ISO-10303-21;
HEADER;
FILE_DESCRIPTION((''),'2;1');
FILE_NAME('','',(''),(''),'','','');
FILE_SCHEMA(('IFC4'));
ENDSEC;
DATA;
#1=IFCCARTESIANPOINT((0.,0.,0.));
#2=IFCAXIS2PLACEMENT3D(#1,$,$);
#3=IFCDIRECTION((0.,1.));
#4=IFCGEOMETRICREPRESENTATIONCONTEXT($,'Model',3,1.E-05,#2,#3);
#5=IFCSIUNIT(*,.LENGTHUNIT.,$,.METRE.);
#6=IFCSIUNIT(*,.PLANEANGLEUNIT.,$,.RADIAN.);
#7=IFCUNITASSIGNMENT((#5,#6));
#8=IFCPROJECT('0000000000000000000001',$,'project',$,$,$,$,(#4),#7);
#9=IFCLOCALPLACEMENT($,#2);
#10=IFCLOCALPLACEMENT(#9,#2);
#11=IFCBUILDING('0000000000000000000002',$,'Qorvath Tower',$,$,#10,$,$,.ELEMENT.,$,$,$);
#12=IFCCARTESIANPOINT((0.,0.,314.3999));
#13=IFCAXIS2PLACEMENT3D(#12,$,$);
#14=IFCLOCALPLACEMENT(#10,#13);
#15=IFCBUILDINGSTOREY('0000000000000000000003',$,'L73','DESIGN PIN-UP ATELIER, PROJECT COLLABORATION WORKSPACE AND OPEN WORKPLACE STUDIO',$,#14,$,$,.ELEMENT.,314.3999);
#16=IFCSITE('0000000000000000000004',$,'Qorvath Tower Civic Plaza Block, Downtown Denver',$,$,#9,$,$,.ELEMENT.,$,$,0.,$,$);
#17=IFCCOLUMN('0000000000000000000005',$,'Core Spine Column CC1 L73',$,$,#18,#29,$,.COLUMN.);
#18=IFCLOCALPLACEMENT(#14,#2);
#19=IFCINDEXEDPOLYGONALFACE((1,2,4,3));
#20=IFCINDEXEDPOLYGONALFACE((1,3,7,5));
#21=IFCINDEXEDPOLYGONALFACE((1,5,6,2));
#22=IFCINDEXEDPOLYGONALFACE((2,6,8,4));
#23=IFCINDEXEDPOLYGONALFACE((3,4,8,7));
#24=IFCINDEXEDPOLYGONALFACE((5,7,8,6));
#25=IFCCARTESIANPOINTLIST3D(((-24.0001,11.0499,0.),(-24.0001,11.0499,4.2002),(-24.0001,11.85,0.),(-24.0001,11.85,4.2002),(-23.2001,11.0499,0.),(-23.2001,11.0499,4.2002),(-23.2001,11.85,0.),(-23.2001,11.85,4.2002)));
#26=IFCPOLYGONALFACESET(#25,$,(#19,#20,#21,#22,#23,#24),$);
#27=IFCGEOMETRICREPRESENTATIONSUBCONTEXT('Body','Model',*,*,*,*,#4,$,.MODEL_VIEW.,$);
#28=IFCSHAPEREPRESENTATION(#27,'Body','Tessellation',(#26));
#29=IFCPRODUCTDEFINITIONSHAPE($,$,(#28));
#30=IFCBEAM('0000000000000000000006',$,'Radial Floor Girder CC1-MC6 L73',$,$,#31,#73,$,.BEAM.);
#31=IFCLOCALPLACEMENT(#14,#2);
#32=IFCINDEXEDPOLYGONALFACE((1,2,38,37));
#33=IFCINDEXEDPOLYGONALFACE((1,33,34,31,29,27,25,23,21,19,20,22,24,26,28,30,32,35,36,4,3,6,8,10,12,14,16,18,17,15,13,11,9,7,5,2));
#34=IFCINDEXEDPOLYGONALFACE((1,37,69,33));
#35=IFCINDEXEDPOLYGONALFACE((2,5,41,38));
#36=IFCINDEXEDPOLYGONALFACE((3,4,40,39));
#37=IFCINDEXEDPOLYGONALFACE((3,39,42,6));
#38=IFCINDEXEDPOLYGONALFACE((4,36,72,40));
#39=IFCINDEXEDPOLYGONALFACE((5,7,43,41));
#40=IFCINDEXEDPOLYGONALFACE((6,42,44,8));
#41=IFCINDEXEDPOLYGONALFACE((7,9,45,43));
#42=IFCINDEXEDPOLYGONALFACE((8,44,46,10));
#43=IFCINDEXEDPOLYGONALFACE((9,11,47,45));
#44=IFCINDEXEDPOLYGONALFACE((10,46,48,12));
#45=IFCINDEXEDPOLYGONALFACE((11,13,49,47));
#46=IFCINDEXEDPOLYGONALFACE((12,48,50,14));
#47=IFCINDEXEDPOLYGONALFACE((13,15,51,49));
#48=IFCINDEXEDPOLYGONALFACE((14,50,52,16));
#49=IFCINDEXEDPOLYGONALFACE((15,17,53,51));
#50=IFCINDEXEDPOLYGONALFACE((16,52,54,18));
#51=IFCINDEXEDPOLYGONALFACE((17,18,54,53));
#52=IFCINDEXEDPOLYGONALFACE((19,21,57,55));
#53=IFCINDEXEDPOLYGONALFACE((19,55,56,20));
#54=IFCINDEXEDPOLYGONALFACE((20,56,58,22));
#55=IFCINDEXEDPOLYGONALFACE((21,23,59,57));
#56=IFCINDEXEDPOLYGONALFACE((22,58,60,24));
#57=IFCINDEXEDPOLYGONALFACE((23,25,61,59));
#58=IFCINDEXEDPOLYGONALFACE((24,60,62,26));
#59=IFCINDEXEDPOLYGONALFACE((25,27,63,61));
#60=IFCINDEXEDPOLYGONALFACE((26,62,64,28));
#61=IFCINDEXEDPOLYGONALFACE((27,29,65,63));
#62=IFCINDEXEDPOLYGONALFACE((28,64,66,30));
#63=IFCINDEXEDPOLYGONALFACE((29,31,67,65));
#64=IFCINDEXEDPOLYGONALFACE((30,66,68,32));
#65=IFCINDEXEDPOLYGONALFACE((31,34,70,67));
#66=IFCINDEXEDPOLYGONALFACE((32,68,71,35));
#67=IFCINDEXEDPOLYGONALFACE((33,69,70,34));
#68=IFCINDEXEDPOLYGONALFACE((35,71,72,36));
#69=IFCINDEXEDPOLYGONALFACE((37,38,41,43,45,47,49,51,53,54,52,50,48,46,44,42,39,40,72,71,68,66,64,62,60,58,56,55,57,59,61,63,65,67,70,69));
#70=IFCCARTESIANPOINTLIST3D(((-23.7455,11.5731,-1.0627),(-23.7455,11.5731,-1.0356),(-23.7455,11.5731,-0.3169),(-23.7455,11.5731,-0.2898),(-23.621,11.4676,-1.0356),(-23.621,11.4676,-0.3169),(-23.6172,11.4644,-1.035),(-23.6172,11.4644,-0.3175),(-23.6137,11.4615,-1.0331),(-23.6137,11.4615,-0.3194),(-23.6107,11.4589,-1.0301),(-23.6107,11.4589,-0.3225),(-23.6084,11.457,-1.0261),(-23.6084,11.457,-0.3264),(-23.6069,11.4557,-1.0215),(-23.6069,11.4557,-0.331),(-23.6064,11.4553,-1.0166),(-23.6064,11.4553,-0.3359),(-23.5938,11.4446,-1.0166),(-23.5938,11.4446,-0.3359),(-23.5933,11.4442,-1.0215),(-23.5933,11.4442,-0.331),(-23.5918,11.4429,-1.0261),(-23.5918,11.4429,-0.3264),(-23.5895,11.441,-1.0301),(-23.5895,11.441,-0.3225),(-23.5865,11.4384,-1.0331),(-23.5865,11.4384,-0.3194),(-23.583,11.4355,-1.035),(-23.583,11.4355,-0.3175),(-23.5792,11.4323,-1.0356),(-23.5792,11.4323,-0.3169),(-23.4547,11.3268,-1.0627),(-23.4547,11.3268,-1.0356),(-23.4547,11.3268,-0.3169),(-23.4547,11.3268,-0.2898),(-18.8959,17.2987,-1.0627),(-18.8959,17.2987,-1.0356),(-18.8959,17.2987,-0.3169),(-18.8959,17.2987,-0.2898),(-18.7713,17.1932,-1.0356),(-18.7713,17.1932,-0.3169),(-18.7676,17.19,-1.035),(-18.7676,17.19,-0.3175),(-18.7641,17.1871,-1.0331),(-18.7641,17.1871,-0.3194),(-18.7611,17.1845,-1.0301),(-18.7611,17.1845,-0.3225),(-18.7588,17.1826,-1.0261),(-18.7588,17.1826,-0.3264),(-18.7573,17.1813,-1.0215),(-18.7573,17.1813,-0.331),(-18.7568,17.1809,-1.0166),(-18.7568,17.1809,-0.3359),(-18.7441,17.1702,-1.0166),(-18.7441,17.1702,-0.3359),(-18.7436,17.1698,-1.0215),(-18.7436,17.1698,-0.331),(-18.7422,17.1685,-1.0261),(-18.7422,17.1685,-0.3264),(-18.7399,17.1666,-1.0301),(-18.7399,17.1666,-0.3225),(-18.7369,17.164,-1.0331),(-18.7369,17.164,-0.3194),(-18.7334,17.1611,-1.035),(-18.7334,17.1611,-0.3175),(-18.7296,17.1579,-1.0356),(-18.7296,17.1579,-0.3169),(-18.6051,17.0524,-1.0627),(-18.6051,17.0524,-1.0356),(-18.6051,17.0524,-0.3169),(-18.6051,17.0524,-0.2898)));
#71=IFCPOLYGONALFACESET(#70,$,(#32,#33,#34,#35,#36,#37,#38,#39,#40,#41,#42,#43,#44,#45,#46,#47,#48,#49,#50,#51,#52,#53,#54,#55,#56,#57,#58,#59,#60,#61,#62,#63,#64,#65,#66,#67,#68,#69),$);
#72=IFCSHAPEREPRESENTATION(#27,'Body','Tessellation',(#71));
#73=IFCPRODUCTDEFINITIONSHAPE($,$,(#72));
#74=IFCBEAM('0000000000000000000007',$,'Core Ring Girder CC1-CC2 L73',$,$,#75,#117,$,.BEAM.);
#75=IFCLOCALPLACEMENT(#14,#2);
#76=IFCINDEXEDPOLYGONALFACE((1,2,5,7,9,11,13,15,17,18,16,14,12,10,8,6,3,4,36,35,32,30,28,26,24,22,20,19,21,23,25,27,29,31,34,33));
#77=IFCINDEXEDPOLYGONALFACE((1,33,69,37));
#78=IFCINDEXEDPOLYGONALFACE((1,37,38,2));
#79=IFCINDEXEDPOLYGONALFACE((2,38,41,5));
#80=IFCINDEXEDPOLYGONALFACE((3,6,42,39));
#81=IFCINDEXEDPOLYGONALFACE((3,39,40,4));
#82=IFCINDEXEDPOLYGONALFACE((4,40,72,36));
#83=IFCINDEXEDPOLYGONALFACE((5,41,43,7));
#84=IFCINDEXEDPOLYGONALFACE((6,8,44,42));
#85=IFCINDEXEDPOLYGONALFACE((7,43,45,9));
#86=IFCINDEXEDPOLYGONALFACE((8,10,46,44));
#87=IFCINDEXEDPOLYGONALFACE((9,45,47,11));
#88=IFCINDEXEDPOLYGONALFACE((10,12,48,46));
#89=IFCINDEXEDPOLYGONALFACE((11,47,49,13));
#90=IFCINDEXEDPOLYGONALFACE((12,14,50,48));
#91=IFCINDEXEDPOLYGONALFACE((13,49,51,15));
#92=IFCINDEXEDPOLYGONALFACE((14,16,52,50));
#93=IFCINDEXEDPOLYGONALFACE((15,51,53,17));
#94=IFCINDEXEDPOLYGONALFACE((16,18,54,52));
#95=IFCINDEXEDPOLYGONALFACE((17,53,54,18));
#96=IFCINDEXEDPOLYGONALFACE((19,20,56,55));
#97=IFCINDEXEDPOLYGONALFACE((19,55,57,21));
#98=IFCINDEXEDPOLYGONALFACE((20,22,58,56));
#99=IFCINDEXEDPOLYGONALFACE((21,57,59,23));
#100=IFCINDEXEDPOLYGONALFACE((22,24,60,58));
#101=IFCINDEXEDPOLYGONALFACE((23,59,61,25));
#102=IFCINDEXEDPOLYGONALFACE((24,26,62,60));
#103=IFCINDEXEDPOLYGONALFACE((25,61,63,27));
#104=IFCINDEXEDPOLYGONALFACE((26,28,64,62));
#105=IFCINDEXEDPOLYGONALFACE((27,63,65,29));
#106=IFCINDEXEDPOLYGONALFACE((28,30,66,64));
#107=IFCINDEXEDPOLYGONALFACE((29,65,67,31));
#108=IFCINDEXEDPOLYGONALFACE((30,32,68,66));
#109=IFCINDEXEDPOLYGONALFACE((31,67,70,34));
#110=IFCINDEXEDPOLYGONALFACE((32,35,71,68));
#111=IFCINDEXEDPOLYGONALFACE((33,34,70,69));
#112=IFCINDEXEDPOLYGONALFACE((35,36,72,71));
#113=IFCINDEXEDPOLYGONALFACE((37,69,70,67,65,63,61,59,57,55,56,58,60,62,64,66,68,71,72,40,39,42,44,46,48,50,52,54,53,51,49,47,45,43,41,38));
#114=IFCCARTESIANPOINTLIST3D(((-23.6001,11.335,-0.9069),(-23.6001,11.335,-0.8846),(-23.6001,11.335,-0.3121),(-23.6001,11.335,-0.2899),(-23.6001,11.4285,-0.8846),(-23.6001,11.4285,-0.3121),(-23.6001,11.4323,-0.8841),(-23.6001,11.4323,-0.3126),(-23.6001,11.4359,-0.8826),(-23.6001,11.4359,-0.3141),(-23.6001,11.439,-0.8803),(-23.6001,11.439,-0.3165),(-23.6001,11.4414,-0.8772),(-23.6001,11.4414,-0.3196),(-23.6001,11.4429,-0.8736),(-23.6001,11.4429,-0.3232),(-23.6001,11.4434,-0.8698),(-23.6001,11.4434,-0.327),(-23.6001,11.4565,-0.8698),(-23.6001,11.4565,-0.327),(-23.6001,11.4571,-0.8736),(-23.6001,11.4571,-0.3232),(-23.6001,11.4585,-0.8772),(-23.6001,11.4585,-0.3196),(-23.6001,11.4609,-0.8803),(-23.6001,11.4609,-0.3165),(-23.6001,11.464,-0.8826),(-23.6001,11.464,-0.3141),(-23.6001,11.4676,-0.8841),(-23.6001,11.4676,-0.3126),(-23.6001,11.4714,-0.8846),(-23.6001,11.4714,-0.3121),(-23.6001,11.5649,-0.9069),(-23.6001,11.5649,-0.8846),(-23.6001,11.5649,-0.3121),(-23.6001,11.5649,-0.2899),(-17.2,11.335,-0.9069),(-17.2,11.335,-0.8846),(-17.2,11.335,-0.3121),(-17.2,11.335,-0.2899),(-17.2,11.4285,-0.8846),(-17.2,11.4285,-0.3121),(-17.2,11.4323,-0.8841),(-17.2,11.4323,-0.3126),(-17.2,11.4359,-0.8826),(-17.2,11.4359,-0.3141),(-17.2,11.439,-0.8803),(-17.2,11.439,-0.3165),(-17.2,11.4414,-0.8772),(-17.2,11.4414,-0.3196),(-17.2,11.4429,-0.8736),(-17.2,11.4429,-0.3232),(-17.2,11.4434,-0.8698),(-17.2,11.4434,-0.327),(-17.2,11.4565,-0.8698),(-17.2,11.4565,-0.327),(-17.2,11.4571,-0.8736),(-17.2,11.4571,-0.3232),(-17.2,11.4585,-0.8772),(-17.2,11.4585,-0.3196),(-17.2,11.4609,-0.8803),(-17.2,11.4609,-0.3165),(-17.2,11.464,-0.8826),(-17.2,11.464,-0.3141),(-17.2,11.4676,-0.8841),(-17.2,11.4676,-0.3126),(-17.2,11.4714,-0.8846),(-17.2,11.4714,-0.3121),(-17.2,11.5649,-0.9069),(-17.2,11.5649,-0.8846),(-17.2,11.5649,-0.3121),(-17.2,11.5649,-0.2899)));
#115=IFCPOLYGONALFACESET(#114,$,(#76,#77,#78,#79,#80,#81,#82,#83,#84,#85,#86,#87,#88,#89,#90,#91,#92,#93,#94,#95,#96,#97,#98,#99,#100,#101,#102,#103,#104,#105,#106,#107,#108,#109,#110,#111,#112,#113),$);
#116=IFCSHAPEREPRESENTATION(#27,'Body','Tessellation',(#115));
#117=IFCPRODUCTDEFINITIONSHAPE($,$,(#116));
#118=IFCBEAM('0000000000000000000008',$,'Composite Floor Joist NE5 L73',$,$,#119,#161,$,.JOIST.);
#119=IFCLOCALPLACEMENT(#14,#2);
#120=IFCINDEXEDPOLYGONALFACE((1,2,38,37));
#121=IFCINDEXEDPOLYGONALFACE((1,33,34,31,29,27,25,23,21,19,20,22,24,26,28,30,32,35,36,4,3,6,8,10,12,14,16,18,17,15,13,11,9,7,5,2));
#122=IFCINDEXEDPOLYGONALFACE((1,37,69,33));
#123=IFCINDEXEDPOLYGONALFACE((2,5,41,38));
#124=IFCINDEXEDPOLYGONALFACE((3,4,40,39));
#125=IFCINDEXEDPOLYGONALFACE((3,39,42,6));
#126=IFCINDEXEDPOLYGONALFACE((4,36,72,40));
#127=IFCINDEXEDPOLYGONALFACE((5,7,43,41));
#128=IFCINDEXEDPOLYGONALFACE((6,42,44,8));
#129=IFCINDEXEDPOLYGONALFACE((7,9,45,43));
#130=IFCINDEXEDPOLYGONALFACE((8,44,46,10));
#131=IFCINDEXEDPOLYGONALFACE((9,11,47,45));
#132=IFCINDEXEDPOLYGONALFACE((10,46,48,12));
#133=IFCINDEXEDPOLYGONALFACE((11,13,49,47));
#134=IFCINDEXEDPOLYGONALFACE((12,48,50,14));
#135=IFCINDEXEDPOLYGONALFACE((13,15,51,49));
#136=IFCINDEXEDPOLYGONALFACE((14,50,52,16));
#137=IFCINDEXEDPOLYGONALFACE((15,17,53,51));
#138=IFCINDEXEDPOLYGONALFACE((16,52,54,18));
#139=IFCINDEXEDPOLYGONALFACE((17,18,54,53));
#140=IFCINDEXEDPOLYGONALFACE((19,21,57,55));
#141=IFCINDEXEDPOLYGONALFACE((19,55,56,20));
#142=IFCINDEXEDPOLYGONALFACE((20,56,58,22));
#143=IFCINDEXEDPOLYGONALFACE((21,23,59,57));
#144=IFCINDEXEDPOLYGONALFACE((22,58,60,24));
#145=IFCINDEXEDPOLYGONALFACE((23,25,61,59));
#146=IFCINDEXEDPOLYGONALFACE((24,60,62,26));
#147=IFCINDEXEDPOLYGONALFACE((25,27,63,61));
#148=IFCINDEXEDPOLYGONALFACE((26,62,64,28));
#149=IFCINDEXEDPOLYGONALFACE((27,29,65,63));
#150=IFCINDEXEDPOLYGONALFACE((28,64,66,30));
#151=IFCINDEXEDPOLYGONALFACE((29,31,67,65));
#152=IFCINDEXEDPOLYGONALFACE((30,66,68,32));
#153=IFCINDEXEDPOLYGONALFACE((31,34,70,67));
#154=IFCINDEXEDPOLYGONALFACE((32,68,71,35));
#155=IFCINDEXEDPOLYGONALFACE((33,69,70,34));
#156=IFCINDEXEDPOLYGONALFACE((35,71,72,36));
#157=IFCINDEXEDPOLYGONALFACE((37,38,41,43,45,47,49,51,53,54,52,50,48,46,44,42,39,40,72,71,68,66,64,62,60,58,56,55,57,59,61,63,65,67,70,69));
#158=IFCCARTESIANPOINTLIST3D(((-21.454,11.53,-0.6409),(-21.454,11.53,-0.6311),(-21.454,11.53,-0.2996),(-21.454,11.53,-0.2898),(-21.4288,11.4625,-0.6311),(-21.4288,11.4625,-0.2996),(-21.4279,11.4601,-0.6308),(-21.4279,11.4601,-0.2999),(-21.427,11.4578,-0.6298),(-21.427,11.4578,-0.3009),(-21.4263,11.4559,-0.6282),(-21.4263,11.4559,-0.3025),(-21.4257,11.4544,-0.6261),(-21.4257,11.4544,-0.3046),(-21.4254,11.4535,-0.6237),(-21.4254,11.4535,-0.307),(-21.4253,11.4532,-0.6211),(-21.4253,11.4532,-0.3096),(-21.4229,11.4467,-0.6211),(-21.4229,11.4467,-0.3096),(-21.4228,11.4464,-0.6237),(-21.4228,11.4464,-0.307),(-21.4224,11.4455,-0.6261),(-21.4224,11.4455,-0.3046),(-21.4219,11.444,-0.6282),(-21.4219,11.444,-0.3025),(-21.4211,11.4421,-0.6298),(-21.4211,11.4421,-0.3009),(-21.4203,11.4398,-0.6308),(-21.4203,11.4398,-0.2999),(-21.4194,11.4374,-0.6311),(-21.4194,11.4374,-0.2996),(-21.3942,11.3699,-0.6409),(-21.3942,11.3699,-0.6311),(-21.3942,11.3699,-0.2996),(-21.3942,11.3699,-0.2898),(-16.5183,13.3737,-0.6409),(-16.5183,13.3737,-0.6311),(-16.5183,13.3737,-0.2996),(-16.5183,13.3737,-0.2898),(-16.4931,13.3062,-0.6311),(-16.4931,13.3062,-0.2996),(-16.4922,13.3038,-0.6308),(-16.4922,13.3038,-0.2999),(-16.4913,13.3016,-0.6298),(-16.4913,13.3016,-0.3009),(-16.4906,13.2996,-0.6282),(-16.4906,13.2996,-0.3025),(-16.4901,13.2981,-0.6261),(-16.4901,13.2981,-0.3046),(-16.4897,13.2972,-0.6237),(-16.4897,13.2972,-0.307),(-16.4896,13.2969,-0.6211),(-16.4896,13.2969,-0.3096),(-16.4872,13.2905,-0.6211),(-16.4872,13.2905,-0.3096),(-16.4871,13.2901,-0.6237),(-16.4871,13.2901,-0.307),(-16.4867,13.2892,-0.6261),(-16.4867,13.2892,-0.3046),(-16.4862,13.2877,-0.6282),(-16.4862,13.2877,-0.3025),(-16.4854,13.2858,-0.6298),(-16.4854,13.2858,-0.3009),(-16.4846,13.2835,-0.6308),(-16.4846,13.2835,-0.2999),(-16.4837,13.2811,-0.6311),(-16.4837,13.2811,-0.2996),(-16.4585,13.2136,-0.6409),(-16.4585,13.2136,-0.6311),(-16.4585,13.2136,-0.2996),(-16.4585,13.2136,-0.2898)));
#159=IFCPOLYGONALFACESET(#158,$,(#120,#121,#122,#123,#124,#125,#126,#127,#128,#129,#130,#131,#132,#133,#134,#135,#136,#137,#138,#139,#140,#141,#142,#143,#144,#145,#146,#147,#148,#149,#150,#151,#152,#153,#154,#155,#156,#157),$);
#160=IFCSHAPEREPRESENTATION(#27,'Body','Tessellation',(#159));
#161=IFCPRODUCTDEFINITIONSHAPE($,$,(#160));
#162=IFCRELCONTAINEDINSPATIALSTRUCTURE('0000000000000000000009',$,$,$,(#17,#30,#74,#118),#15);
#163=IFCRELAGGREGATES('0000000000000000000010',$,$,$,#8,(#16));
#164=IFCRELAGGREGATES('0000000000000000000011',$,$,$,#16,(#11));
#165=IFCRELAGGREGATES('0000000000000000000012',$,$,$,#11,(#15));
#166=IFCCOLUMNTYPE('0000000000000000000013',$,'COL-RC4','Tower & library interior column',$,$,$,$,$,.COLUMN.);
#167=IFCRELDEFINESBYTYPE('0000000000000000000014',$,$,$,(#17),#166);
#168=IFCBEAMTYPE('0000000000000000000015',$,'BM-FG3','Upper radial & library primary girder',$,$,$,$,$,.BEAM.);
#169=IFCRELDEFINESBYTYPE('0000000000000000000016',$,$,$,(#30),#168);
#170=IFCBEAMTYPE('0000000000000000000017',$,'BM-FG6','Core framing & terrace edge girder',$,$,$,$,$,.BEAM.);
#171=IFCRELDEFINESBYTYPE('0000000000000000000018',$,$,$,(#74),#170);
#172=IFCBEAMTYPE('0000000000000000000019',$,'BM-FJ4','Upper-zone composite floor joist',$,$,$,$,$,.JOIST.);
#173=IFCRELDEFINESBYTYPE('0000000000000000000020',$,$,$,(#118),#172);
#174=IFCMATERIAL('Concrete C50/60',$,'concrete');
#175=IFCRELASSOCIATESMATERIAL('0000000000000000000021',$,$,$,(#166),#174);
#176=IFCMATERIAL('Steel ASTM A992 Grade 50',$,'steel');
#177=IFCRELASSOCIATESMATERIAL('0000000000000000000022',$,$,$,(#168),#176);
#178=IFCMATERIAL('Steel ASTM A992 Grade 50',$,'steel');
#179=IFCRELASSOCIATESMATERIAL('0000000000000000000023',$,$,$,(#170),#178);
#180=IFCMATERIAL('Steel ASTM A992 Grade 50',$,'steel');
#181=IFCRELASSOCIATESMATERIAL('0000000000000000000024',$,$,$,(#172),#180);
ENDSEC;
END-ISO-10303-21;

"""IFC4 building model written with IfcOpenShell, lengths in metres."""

from ifc_helpers import new_model, si_unit, direction, frame, origin, origin_2d, place, context, subcontext, project, spatial, rectangle, i_section, extrude, material, material_profile, profile_set, type_object, element, save


model = new_model("IFC4")

# Units and contexts
model_context = context("Model", 3, precision=1e-05, world=origin(), true_north=direction((0.0, 1.0)))
body_context = subcontext(model_context, "Body", "Model", "MODEL_VIEW")
ifc_project = project(units=[si_unit("LENGTHUNIT", "METRE"), si_unit("PLANEANGLEUNIT", "RADIAN")], contexts=[model_context])

# Site, building, storey
site_placement = place(None, origin())
site = spatial("IfcSite", under=ifc_project, at=site_placement, Name="Qorvath Tower Civic Plaza Block, Downtown Denver", CompositionType="ELEMENT", RefElevation=0.0)
building_placement = place(site_placement, origin())
building = spatial("IfcBuilding", under=site, at=building_placement, Name="Qorvath Tower", CompositionType="ELEMENT")
storey_placement = place(building_placement, frame((0.0, 0.0, 314.3999)))
storey = spatial("IfcBuildingStorey", under=building, at=storey_placement, Name="L73", Description="DESIGN PIN-UP ATELIER, PROJECT COLLABORATION WORKSPACE AND OPEN WORKPLACE STUDIO", CompositionType="ELEMENT", Elevation=314.3999)

# Column
ifc_material_1 = material(Name="Concrete C50/60", Category="concrete")
ifc_material_profile_1 = material_profile(ifc_material_1, rectangle(XDim=0.8, YDim=0.8, at=origin_2d()), Name="RC 800x800")
ifc_profile_set_1 = profile_set([ifc_material_profile_1], Name="Concrete C50/60")
column_type = type_object("IfcColumnType", Name="COL-RC4", Description="Tower & library interior column", PredefinedType="COLUMN", material=ifc_profile_set_1)
column_placement = place(storey_placement, frame((-23.6001, 11.45, 0.0), z_axis=(0.0, 0.0, 1.0), x_axis=(1.0, 0.0, 0.0)))
element("IfcColumn", 1, at=column_placement, inside=storey, type_object=column_type, Name="Core Spine Column CC1 L73", PredefinedType="COLUMN", context=body_context, shape_type="SweptSolid", body=[
    extrude(rectangle(XDim=0.8, YDim=0.8, at=origin_2d()), origin(), (0.0, 0.0, 1.0), 4.2002),
])

# Beams
ifc_material_2 = material(Name="Steel ASTM A992 Grade 50", Category="steel")
ifc_material_profile_2 = material_profile(ifc_material_2, i_section(OverallWidth=0.3811, OverallDepth=0.7729, WebThickness=0.0166, FlangeThickness=0.0271, FilletRadius=0.019, at=origin_2d()), Name="W30x173")
ifc_profile_set_2 = profile_set([ifc_material_profile_2], Name="Steel ASTM A992 Grade 50")
beam_type_1 = type_object("IfcBeamType", Name="BM-FG3", Description="Upper radial & library primary girder", PredefinedType="BEAM", material=ifc_profile_set_2)
beam_1_placement = place(storey_placement, frame((-23.6001, 11.45, -0.6763), z_axis=(0.646321, 0.763065, 0.0), x_axis=(-0.763065, 0.646321, 0.0)))
element("IfcBeam", 2, at=beam_1_placement, inside=storey, type_object=beam_type_1, Name="Radial Floor Girder CC1-MC6 L73", PredefinedType="BEAM", context=body_context, shape_type="SweptSolid", body=[
    extrude(i_section(OverallWidth=0.3811, OverallDepth=0.7729, WebThickness=0.0166, FlangeThickness=0.0271, FilletRadius=0.019, at=origin_2d()), origin(), (0.0, 0.0, 1.0), 7.5034),
])
ifc_material_3 = material(Name="Steel ASTM A992 Grade 50", Category="steel")
ifc_material_profile_3 = material_profile(ifc_material_3, i_section(OverallWidth=0.23, OverallDepth=0.6169, WebThickness=0.0132, FlangeThickness=0.0222, FilletRadius=0.0149, at=origin_2d()), Name="W24x94")
ifc_profile_set_3 = profile_set([ifc_material_profile_3], Name="Steel ASTM A992 Grade 50")
beam_type_2 = type_object("IfcBeamType", Name="BM-FG6", Description="Core framing & terrace edge girder", PredefinedType="BEAM", material=ifc_profile_set_3)
beam_2_placement = place(storey_placement, frame((-23.6001, 11.45, -0.5984), z_axis=(1.0, 0.0, 0.0), x_axis=(0.0, 1.0, 0.0)))
element("IfcBeam", 3, at=beam_2_placement, inside=storey, type_object=beam_type_2, Name="Core Ring Girder CC1-CC2 L73", PredefinedType="BEAM", context=body_context, shape_type="SweptSolid", body=[
    extrude(i_section(OverallWidth=0.23, OverallDepth=0.6169, WebThickness=0.0132, FlangeThickness=0.0222, FilletRadius=0.0149, at=origin_2d()), origin(), (0.0, 0.0, 1.0), 6.4001),
])
ifc_material_4 = material(Name="Steel ASTM A992 Grade 50", Category="steel")
ifc_material_profile_4 = material_profile(ifc_material_4, i_section(OverallWidth=0.1709, OverallDepth=0.3511, WebThickness=0.0068, FlangeThickness=0.0098, FilletRadius=0.01, at=origin_2d()), Name="W14x30")
ifc_profile_set_4 = profile_set([ifc_material_profile_4], Name="Steel ASTM A992 Grade 50")
beam_type_3 = type_object("IfcBeamType", Name="BM-FJ4", Description="Upper-zone composite floor joist", PredefinedType="JOIST", material=ifc_profile_set_4)
beam_3_placement = place(storey_placement, frame((-21.4241, 11.45, -0.4653), z_axis=(0.936776, 0.34993, 0.0), x_axis=(-0.34993, 0.936776, 0.0)))
element("IfcBeam", 4, at=beam_3_placement, inside=storey, type_object=beam_type_3, Name="Composite Floor Joist NE5 L73", PredefinedType="JOIST", context=body_context, shape_type="SweptSolid", body=[
    extrude(i_section(OverallWidth=0.1709, OverallDepth=0.3511, WebThickness=0.0068, FlangeThickness=0.0098, FilletRadius=0.01, at=origin_2d()), origin(), (0.0, 0.0, 1.0), 5.2688),
])

save(model, "model.ifc")
